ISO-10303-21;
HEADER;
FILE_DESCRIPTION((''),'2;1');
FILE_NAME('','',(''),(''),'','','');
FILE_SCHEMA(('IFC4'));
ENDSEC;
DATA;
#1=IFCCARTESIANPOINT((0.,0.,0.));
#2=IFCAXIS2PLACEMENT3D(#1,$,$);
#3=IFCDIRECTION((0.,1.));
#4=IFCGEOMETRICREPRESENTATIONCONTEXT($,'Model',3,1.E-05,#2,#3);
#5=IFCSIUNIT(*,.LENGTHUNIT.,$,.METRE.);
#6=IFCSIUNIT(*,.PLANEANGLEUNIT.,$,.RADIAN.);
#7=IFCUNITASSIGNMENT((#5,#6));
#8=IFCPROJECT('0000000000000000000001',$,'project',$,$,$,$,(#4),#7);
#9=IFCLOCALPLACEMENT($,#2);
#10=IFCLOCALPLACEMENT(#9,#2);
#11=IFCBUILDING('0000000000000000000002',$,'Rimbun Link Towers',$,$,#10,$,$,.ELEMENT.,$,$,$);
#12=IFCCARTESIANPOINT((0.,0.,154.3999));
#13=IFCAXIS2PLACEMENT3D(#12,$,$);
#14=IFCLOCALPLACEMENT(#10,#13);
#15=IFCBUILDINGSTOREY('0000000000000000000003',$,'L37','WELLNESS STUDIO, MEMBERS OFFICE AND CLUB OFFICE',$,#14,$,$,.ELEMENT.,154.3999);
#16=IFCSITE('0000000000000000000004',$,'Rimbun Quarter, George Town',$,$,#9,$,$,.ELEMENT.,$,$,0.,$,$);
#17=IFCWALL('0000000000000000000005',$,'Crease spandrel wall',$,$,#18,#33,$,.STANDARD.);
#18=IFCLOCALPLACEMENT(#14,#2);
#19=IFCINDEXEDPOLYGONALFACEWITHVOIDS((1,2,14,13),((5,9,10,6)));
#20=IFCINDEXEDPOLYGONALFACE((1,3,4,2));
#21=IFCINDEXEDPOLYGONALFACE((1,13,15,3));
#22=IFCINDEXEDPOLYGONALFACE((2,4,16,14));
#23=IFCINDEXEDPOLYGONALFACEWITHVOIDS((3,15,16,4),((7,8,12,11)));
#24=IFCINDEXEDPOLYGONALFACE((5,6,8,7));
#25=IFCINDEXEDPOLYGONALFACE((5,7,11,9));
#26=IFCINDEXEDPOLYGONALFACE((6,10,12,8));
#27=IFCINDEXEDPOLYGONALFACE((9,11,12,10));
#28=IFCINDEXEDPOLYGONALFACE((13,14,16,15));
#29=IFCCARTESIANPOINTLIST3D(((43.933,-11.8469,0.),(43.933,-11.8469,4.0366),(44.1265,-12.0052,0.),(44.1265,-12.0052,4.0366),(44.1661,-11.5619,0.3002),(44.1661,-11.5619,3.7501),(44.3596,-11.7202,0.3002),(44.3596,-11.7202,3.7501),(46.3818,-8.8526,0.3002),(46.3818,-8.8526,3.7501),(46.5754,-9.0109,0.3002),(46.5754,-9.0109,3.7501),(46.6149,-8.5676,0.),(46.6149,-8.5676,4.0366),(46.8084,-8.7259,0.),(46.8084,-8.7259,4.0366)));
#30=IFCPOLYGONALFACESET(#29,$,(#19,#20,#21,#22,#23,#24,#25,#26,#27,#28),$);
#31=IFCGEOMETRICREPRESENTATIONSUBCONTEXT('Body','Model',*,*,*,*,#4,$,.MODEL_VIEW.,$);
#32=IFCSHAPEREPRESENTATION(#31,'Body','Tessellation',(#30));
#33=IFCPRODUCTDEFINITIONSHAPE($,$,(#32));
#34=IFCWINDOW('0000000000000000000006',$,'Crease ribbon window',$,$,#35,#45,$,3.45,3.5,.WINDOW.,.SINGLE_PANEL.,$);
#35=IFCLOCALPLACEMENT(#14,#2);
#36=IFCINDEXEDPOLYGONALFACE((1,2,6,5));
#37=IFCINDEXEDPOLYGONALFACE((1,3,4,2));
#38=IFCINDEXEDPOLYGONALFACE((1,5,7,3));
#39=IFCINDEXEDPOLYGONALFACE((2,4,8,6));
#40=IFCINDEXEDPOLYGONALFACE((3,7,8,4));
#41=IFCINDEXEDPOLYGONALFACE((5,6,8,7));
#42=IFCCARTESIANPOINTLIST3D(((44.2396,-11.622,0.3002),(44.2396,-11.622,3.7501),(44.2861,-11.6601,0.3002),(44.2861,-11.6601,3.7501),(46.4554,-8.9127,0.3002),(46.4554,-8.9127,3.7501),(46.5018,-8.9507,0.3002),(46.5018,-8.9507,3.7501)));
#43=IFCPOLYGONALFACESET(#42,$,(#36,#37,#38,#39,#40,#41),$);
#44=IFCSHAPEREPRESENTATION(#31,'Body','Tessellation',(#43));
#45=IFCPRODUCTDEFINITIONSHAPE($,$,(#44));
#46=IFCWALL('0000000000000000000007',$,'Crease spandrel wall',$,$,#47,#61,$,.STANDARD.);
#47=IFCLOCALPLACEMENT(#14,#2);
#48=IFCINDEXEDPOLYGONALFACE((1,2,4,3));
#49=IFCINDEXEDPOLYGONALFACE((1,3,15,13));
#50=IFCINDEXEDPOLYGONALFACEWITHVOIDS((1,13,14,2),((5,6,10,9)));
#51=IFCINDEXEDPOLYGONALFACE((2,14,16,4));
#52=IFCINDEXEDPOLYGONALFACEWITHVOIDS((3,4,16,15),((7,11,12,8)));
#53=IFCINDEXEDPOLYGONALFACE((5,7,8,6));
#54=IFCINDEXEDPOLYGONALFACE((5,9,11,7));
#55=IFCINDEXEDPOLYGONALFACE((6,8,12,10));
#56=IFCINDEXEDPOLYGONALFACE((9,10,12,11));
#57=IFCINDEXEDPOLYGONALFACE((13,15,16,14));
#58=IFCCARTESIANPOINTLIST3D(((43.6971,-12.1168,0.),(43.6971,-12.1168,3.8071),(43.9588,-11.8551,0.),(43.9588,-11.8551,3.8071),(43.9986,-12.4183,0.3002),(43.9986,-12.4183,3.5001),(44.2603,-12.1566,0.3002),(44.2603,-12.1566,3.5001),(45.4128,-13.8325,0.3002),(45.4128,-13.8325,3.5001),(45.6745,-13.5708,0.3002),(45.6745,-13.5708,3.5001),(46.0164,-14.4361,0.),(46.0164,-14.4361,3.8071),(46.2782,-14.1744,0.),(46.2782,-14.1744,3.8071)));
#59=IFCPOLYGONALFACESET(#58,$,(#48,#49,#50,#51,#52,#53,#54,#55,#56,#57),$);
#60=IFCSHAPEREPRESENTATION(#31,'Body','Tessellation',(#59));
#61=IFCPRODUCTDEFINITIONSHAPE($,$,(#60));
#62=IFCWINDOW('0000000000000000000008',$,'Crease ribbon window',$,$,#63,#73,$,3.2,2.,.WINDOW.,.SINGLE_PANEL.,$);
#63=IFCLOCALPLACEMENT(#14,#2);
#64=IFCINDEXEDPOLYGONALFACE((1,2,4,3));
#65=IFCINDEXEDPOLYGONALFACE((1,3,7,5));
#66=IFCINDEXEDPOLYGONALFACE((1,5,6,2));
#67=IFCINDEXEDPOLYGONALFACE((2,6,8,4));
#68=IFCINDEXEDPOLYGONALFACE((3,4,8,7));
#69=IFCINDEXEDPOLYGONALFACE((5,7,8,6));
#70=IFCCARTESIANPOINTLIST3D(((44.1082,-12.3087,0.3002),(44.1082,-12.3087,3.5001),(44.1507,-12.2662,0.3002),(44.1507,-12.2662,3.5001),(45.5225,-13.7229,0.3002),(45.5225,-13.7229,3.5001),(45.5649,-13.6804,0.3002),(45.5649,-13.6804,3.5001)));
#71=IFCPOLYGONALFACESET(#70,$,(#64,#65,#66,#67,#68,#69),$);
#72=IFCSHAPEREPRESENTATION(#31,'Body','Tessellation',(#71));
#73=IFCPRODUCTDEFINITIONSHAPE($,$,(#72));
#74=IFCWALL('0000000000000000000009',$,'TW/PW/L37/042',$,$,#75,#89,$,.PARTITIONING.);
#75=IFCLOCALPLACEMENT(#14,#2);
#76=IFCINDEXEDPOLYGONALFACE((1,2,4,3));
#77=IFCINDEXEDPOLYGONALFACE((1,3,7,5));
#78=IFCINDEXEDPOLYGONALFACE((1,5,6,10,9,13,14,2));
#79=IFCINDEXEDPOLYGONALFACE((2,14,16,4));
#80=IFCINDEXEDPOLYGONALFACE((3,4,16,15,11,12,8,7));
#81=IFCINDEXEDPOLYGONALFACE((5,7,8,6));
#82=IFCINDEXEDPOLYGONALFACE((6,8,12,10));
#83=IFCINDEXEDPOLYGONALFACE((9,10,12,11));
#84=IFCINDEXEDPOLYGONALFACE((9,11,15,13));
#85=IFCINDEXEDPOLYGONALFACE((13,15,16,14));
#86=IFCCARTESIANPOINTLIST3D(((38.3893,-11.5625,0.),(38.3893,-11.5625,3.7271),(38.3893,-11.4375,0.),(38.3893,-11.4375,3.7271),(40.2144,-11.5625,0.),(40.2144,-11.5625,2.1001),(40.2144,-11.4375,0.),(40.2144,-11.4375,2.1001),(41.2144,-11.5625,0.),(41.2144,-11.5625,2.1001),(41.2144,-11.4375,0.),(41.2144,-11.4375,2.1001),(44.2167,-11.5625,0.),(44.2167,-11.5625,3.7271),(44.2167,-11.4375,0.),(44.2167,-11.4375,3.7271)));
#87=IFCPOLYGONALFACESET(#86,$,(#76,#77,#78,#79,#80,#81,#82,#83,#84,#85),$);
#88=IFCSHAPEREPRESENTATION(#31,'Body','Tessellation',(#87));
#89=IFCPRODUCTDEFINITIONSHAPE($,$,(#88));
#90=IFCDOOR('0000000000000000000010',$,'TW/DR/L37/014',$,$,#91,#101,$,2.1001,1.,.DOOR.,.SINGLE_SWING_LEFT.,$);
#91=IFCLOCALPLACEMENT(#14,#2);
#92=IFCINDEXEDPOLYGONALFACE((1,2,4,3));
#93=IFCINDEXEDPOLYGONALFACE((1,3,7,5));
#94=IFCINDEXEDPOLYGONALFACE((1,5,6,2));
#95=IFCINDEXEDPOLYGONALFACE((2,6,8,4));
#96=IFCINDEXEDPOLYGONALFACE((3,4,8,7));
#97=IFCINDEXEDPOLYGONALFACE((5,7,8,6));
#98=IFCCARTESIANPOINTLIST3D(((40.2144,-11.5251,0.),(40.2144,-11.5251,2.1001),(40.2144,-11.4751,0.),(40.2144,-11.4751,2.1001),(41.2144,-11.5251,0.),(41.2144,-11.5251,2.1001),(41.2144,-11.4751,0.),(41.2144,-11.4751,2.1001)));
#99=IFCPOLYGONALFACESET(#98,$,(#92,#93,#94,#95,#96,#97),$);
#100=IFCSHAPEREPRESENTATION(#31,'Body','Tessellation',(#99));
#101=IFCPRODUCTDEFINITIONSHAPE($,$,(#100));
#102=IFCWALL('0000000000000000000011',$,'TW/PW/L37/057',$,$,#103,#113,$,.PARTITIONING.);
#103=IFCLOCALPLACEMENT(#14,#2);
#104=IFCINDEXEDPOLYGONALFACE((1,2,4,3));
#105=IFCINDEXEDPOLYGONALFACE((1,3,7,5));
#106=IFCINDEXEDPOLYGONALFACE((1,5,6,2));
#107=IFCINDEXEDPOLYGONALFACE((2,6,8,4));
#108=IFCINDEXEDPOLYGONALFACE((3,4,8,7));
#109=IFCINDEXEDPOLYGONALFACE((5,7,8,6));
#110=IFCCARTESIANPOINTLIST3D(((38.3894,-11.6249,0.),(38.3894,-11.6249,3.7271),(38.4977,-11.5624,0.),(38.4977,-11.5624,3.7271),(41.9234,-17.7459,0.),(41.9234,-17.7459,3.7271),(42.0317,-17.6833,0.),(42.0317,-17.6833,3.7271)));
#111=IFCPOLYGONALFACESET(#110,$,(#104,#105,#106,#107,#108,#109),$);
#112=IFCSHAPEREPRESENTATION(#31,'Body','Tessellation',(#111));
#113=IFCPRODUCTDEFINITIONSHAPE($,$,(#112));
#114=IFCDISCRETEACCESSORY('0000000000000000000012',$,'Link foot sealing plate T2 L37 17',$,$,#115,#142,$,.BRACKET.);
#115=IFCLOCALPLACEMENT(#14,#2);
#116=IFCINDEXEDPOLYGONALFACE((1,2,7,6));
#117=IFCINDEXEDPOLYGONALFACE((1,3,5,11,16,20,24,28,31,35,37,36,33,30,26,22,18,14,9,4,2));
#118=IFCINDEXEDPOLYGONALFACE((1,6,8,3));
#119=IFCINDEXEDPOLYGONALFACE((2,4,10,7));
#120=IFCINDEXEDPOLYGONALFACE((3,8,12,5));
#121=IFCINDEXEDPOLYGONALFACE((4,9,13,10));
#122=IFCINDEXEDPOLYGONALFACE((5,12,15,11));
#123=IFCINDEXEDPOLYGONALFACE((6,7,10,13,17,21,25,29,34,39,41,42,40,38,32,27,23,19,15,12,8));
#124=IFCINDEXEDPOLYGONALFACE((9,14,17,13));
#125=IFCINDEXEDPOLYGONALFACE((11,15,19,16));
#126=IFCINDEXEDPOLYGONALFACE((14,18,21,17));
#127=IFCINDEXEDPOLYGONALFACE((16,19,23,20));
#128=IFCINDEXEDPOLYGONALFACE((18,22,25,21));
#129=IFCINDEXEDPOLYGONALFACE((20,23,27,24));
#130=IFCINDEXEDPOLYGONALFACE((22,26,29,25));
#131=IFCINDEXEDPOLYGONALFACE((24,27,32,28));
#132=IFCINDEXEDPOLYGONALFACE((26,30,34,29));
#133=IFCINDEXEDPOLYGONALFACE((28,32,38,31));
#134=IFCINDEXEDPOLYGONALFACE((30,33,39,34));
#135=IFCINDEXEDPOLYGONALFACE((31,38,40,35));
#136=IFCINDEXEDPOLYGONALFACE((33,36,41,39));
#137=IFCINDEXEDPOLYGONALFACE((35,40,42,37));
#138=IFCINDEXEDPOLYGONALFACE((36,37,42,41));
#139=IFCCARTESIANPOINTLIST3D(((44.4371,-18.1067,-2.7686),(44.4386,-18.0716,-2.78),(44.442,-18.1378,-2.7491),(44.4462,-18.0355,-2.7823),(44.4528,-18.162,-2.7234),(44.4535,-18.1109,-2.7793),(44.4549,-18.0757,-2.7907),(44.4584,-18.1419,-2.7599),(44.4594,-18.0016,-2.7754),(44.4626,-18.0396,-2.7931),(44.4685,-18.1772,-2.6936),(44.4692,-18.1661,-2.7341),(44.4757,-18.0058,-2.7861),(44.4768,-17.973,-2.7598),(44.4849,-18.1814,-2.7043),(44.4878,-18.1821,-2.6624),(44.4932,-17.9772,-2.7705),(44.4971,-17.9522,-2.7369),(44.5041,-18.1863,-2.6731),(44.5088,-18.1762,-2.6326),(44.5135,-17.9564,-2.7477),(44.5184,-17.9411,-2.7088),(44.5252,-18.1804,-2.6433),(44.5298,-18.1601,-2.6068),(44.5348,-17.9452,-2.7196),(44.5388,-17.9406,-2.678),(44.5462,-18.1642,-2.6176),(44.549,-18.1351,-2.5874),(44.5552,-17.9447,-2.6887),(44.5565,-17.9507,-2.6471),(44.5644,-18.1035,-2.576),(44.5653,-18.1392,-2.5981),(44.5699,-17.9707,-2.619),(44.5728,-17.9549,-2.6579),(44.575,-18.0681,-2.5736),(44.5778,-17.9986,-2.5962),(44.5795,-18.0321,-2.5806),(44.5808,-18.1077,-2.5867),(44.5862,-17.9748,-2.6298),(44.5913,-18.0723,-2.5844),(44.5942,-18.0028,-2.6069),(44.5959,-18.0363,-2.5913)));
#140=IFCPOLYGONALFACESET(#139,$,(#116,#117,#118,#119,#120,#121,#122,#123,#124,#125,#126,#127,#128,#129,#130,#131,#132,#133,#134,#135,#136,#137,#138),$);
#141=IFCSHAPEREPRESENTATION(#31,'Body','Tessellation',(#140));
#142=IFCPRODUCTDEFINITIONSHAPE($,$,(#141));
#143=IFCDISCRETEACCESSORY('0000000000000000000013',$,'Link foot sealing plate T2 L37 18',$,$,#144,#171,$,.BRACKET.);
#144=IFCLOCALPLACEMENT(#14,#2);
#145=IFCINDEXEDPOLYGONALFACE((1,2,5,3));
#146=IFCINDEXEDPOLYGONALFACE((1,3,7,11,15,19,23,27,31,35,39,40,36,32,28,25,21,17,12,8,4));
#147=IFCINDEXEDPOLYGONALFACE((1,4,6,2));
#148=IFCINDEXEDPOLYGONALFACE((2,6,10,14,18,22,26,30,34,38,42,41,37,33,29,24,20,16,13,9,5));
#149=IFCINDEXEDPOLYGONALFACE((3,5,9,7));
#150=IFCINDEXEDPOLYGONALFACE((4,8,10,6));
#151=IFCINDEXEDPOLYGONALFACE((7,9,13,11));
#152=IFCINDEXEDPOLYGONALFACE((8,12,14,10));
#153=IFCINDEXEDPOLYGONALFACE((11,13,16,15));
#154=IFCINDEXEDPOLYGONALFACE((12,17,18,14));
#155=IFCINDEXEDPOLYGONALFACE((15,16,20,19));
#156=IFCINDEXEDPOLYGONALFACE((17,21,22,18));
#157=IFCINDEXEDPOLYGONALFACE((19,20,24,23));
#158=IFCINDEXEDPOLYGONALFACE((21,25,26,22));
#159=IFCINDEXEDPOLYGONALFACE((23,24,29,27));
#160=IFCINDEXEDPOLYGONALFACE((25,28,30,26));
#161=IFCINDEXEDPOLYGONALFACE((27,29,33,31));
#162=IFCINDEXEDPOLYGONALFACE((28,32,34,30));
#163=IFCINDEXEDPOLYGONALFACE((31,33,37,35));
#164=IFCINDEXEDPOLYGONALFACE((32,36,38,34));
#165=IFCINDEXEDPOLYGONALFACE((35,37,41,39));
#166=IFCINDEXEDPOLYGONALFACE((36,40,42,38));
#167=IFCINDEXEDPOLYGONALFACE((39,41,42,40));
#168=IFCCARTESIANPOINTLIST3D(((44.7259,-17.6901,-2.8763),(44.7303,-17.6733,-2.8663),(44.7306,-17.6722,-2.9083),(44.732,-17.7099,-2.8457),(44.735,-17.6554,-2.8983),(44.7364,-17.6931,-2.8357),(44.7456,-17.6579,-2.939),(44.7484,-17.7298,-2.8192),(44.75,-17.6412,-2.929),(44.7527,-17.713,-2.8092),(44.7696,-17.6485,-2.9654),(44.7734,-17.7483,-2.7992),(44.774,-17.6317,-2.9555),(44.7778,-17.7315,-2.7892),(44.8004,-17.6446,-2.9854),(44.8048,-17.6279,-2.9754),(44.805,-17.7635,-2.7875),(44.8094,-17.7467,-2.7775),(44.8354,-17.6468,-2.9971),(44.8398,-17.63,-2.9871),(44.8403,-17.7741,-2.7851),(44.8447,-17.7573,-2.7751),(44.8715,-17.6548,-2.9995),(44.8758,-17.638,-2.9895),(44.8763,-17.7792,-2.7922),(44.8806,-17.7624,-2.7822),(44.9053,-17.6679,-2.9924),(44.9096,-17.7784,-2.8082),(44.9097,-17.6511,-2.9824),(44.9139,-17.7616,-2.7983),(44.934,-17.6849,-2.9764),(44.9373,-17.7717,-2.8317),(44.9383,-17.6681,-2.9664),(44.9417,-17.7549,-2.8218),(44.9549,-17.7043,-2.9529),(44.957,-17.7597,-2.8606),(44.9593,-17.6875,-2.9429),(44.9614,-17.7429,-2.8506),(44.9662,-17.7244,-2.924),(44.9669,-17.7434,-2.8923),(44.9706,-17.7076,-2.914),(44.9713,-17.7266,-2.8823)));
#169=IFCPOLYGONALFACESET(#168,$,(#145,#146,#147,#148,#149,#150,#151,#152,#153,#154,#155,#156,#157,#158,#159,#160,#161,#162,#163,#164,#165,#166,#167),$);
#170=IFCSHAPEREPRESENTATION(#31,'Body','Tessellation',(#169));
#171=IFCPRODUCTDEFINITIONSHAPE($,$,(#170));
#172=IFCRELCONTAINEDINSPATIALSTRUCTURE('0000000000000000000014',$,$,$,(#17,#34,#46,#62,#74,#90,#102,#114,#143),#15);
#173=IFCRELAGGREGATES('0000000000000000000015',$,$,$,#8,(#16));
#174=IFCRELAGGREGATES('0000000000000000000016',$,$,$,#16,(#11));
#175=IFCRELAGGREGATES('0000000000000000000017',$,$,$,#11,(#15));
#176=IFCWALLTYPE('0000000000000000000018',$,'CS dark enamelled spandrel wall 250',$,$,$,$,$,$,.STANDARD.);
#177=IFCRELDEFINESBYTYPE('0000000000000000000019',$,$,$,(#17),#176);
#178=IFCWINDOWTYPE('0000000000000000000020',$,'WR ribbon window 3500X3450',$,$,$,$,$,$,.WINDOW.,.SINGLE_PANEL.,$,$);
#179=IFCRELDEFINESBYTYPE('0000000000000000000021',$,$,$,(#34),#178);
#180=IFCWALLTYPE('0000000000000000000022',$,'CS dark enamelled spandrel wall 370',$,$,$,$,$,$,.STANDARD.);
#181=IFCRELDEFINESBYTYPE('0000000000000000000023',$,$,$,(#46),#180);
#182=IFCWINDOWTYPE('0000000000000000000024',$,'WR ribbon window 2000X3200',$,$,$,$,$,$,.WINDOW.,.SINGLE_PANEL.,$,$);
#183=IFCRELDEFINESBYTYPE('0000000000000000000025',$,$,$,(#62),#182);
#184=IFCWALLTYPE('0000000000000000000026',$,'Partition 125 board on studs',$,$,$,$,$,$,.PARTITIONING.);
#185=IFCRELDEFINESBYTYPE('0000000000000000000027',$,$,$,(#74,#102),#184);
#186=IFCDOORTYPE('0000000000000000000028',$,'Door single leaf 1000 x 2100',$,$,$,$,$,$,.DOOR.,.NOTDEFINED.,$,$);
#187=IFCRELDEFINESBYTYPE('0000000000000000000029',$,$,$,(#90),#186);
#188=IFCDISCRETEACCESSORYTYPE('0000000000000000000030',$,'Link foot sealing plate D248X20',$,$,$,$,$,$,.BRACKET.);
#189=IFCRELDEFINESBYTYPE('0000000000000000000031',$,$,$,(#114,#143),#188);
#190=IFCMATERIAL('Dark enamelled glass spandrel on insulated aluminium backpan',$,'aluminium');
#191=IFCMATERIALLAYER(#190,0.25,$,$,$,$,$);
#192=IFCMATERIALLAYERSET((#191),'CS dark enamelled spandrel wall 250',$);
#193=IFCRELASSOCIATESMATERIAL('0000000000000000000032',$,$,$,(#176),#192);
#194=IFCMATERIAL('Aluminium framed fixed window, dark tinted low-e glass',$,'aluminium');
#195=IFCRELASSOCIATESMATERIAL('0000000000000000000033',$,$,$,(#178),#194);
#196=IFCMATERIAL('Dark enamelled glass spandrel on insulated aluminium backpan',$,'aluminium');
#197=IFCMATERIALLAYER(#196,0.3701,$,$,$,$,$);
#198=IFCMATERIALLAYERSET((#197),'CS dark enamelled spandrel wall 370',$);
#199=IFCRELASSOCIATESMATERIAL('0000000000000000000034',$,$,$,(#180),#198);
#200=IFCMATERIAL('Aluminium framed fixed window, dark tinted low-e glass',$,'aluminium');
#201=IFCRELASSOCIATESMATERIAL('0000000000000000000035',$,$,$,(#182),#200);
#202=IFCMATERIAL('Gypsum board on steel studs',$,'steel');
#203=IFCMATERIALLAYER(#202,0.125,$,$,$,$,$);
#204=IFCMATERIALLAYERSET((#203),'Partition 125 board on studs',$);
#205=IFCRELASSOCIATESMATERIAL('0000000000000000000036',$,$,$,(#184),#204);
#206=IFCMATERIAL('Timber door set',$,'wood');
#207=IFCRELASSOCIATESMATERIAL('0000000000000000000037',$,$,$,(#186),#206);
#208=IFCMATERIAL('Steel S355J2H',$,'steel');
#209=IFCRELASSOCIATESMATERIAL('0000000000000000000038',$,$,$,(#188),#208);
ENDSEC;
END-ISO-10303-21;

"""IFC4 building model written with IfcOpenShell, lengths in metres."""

from ifc_helpers import new_model, si_unit, direction, frame, frame_2d, origin, origin_2d, place, context, subcontext, project, spatial, rectangle, circle, extrude, material, layer, layer_set, material_profile, profile_set, type_object, element, fill, save


model = new_model("IFC4")

# Units and contexts
model_context = context("Model", 3, precision=1e-05, world=origin(), true_north=direction((0.0, 1.0)))
body_context = subcontext(model_context, "Body", "Model", "MODEL_VIEW")
ifc_project = project(units=[si_unit("LENGTHUNIT", "METRE"), si_unit("PLANEANGLEUNIT", "RADIAN")], contexts=[model_context])

# Site, building, storey
site_placement = place(None, origin())
site = spatial("IfcSite", under=ifc_project, at=site_placement, Name="Rimbun Quarter, George Town", CompositionType="ELEMENT", RefElevation=0.0)
building_placement = place(site_placement, origin())
building = spatial("IfcBuilding", under=site, at=building_placement, Name="Rimbun Link Towers", CompositionType="ELEMENT")
storey_placement = place(building_placement, frame((0.0, 0.0, 154.3999)))
storey = spatial("IfcBuildingStorey", under=building, at=storey_placement, Name="L37", Description="WELLNESS STUDIO, MEMBERS OFFICE AND CLUB OFFICE", CompositionType="ELEMENT", Elevation=154.3999)

# Walls, openings, windows
ifc_material_1 = material(Name="Dark enamelled glass spandrel on insulated aluminium backpan", Category="aluminium")
ifc_layer_1 = layer(ifc_material_1, 0.25)
ifc_layer_set_1 = layer_set([ifc_layer_1], Name="CS dark enamelled spandrel wall 250")
wall_type_1 = type_object("IfcWallType", Name="CS dark enamelled spandrel wall 250", PredefinedType="STANDARD", material=ifc_layer_set_1)
wall_1_placement = place(storey_placement, frame((46.7117, -8.6467, 0.0), z_axis=(0.0, 0.0, 1.0), x_axis=(-0.633071, -0.774093, 0.0)))
wall_1 = element("IfcWall", 1, at=wall_1_placement, inside=storey, type_object=wall_type_1, Name="Crease spandrel wall", PredefinedType="STANDARD", context=body_context, shape_type="SweptSolid", body=[
    extrude(rectangle(XDim=4.2363, YDim=0.25, at=frame_2d((2.1182, 0.0))), origin(), (0.0, 0.0, 1.0), 4.0366),
])
opening_1_placement = place(wall_1_placement, frame((0.3682, 0.0, 0.3)))
opening_1 = element("IfcOpeningElement", 2, at=opening_1_placement, cuts=wall_1, PredefinedType="OPENING", context=body_context, shape_type="SweptSolid", body=[
    extrude(rectangle(XDim=3.5, YDim=3.45, at=frame_2d((1.75, 1.7251))), frame((0.0, 0.135, 0.0), z_axis=(0.0, -1.0, 0.0), x_axis=(1.0, 0.0, 0.0)), (0.0, 0.0, 1.0), 0.27),
])
ifc_material_2 = material(Name="Aluminium framed fixed window, dark tinted low-e glass", Category="aluminium")
window_type_1 = type_object("IfcWindowType", Name="WR ribbon window 3500X3450", PartitioningType="SINGLE_PANEL", PredefinedType="WINDOW", material=ifc_material_2)
window_1_placement = place(opening_1_placement, origin())
window_1 = element("IfcWindow", 3, at=window_1_placement, inside=storey, type_object=window_type_1, Name="Crease ribbon window", OverallHeight=3.45, OverallWidth=3.5, PartitioningType="SINGLE_PANEL", PredefinedType="WINDOW", context=body_context, shape_type="SweptSolid", body=[
    extrude(rectangle(XDim=3.5, YDim=3.45, at=frame_2d((1.75, 1.7251))), frame((0.0, 0.03, 0.0), z_axis=(0.0, -1.0, 0.0), x_axis=(1.0, 0.0, 0.0)), (0.0, 0.0, 1.0), 0.0601),
])
fill(opening_1, window_1)
ifc_material_3 = material(Name="Dark enamelled glass spandrel on insulated aluminium backpan", Category="aluminium")
ifc_layer_2 = layer(ifc_material_3, 0.3701)
ifc_layer_set_2 = layer_set([ifc_layer_2], Name="CS dark enamelled spandrel wall 370")
wall_type_2 = type_object("IfcWallType", Name="CS dark enamelled spandrel wall 370", PredefinedType="STANDARD", material=ifc_layer_set_2)
wall_2_placement = place(storey_placement, frame((43.8279, -11.9858, 0.0), z_axis=(0.0, 0.0, 1.0), x_axis=(0.707107, -0.707107, 0.0)))
wall_2 = element("IfcWall", 4, at=wall_2_placement, inside=storey, type_object=wall_type_2, Name="Crease spandrel wall", PredefinedType="STANDARD", context=body_context, shape_type="SweptSolid", body=[
    extrude(rectangle(XDim=3.28, YDim=0.3701, at=frame_2d((1.6401, 0.0))), origin(), (0.0, 0.0, 1.0), 3.8071),
])
opening_2_placement = place(wall_2_placement, frame((0.4265, 0.0, 0.3)))
opening_2 = element("IfcOpeningElement", 5, at=opening_2_placement, cuts=wall_2, PredefinedType="OPENING", context=body_context, shape_type="SweptSolid", body=[
    extrude(rectangle(XDim=2.0, YDim=3.2, at=frame_2d((1.0, 1.6001))), frame((0.0, 0.1951, 0.0), z_axis=(0.0, -1.0, 0.0), x_axis=(1.0, 0.0, 0.0)), (0.0, 0.0, 1.0), 0.3901),
])
ifc_material_4 = material(Name="Aluminium framed fixed window, dark tinted low-e glass", Category="aluminium")
window_type_2 = type_object("IfcWindowType", Name="WR ribbon window 2000X3200", PartitioningType="SINGLE_PANEL", PredefinedType="WINDOW", material=ifc_material_4)
window_2_placement = place(opening_2_placement, origin())
window_2 = element("IfcWindow", 6, at=window_2_placement, inside=storey, type_object=window_type_2, Name="Crease ribbon window", OverallHeight=3.2, OverallWidth=2.0, PartitioningType="SINGLE_PANEL", PredefinedType="WINDOW", context=body_context, shape_type="SweptSolid", body=[
    extrude(rectangle(XDim=2.0, YDim=3.2, at=frame_2d((1.0, 1.6001))), frame((0.0, 0.03, 0.0), z_axis=(0.0, -1.0, 0.0), x_axis=(1.0, 0.0, 0.0)), (0.0, 0.0, 1.0), 0.0601),
])
fill(opening_2, window_2)

# Wall, opening, door
ifc_material_5 = material(Name="Gypsum board on steel studs", Category="steel")
ifc_layer_3 = layer(ifc_material_5, 0.125)
ifc_layer_set_3 = layer_set([ifc_layer_3], Name="Partition 125 board on studs")
wall_type_3 = type_object("IfcWallType", Name="Partition 125 board on studs", PredefinedType="PARTITIONING", material=ifc_layer_set_3)
wall_3_placement = place(storey_placement, frame((38.3894, -11.5, 0.0), z_axis=(0.0, 0.0, 1.0), x_axis=(1.0, 0.0, 0.0)))
wall_3 = element("IfcWall", 7, at=wall_3_placement, inside=storey, type_object=wall_type_3, Name="TW/PW/L37/042", PredefinedType="PARTITIONING", context=body_context, shape_type="SweptSolid", body=[
    extrude(rectangle(XDim=5.8274, YDim=0.125, at=frame_2d((2.9136, 0.0))), origin(), (0.0, 0.0, 1.0), 3.7271),
])
opening_3_placement = place(wall_3_placement, frame((1.825, 0.0, 0.0)))
opening_3 = element("IfcOpeningElement", 8, at=opening_3_placement, cuts=wall_3, PredefinedType="OPENING", context=body_context, shape_type="SweptSolid", body=[
    extrude(rectangle(XDim=1.0, YDim=2.1001, at=frame_2d((0.5, 1.05))), frame((0.0, 0.0725, 0.0), z_axis=(0.0, -1.0, 0.0), x_axis=(1.0, 0.0, 0.0)), (0.0, 0.0, 1.0), 0.145),
])
ifc_material_6 = material(Name="Timber door set", Category="wood")
door_type = type_object("IfcDoorType", Name="Door single leaf 1000 x 2100", OperationType="NOTDEFINED", PredefinedType="DOOR", material=ifc_material_6)
door_placement = place(opening_3_placement, origin())
door = element("IfcDoor", 9, at=door_placement, inside=storey, type_object=door_type, Name="TW/DR/L37/014", OperationType="SINGLE_SWING_LEFT", OverallHeight=2.1001, OverallWidth=1.0, PredefinedType="DOOR", context=body_context, shape_type="SweptSolid", body=[
    extrude(rectangle(XDim=1.0, YDim=2.1001, at=frame_2d((0.5, 1.05))), frame((0.0, 0.0249, 0.0), z_axis=(0.0, -1.0, 0.0), x_axis=(1.0, 0.0, 0.0)), (0.0, 0.0, 1.0), 0.05),
])
fill(opening_3, door)

# Wall
wall_4_placement = place(storey_placement, frame((41.9775, -17.7146, 0.0), z_axis=(0.0, 0.0, 1.0), x_axis=(-0.500007, 0.866022, 0.0)))
element("IfcWall", 10, at=wall_4_placement, inside=storey, type_object=wall_type_3, Name="TW/PW/L37/057", PredefinedType="PARTITIONING", context=body_context, shape_type="SweptSolid", body=[
    extrude(rectangle(XDim=7.0679, YDim=0.125, at=frame_2d((3.5339, 0.0))), origin(), (0.0, 0.0, 1.0), 3.7271),
])

# Discrete accessories
ifc_material_7 = material(Name="Steel S355J2H", Category="steel")
ifc_material_profile_1 = material_profile(ifc_material_7, circle(Radius=0.124, at=origin_2d()), Name="PL D248")
ifc_profile_set_1 = profile_set([ifc_material_profile_1], Name="Steel S355J2H")
discrete_accessory_type = type_object("IfcDiscreteAccessoryType", Name="Link foot sealing plate D248X20", PredefinedType="BRACKET", material=ifc_profile_set_1)
for number, where, z_axis, x_axis, name in (
    (11, (44.5083, -18.0608, -2.678), (0.817681, -0.207471, -0.536985), (0.245938, 0.969286, 0.0), "Link foot sealing plate T2 L37 17"),
    (12, (44.8513, -17.6953, -2.8823), (-0.21883, -0.838848, -0.498446), (0.967617, -0.252422, 0.0), "Link foot sealing plate T2 L37 18"),
):
    element("IfcDiscreteAccessory", number, at=place(storey_placement, frame(where, z_axis=z_axis, x_axis=x_axis)), inside=storey, type_object=discrete_accessory_type, Name=name, PredefinedType="BRACKET", context=body_context, shape_type="SweptSolid", body=[
        extrude(circle(Radius=0.124, at=origin_2d()), origin(), (0.0, 0.0, 1.0), 0.02),
    ])

save(model, "model.ifc")
